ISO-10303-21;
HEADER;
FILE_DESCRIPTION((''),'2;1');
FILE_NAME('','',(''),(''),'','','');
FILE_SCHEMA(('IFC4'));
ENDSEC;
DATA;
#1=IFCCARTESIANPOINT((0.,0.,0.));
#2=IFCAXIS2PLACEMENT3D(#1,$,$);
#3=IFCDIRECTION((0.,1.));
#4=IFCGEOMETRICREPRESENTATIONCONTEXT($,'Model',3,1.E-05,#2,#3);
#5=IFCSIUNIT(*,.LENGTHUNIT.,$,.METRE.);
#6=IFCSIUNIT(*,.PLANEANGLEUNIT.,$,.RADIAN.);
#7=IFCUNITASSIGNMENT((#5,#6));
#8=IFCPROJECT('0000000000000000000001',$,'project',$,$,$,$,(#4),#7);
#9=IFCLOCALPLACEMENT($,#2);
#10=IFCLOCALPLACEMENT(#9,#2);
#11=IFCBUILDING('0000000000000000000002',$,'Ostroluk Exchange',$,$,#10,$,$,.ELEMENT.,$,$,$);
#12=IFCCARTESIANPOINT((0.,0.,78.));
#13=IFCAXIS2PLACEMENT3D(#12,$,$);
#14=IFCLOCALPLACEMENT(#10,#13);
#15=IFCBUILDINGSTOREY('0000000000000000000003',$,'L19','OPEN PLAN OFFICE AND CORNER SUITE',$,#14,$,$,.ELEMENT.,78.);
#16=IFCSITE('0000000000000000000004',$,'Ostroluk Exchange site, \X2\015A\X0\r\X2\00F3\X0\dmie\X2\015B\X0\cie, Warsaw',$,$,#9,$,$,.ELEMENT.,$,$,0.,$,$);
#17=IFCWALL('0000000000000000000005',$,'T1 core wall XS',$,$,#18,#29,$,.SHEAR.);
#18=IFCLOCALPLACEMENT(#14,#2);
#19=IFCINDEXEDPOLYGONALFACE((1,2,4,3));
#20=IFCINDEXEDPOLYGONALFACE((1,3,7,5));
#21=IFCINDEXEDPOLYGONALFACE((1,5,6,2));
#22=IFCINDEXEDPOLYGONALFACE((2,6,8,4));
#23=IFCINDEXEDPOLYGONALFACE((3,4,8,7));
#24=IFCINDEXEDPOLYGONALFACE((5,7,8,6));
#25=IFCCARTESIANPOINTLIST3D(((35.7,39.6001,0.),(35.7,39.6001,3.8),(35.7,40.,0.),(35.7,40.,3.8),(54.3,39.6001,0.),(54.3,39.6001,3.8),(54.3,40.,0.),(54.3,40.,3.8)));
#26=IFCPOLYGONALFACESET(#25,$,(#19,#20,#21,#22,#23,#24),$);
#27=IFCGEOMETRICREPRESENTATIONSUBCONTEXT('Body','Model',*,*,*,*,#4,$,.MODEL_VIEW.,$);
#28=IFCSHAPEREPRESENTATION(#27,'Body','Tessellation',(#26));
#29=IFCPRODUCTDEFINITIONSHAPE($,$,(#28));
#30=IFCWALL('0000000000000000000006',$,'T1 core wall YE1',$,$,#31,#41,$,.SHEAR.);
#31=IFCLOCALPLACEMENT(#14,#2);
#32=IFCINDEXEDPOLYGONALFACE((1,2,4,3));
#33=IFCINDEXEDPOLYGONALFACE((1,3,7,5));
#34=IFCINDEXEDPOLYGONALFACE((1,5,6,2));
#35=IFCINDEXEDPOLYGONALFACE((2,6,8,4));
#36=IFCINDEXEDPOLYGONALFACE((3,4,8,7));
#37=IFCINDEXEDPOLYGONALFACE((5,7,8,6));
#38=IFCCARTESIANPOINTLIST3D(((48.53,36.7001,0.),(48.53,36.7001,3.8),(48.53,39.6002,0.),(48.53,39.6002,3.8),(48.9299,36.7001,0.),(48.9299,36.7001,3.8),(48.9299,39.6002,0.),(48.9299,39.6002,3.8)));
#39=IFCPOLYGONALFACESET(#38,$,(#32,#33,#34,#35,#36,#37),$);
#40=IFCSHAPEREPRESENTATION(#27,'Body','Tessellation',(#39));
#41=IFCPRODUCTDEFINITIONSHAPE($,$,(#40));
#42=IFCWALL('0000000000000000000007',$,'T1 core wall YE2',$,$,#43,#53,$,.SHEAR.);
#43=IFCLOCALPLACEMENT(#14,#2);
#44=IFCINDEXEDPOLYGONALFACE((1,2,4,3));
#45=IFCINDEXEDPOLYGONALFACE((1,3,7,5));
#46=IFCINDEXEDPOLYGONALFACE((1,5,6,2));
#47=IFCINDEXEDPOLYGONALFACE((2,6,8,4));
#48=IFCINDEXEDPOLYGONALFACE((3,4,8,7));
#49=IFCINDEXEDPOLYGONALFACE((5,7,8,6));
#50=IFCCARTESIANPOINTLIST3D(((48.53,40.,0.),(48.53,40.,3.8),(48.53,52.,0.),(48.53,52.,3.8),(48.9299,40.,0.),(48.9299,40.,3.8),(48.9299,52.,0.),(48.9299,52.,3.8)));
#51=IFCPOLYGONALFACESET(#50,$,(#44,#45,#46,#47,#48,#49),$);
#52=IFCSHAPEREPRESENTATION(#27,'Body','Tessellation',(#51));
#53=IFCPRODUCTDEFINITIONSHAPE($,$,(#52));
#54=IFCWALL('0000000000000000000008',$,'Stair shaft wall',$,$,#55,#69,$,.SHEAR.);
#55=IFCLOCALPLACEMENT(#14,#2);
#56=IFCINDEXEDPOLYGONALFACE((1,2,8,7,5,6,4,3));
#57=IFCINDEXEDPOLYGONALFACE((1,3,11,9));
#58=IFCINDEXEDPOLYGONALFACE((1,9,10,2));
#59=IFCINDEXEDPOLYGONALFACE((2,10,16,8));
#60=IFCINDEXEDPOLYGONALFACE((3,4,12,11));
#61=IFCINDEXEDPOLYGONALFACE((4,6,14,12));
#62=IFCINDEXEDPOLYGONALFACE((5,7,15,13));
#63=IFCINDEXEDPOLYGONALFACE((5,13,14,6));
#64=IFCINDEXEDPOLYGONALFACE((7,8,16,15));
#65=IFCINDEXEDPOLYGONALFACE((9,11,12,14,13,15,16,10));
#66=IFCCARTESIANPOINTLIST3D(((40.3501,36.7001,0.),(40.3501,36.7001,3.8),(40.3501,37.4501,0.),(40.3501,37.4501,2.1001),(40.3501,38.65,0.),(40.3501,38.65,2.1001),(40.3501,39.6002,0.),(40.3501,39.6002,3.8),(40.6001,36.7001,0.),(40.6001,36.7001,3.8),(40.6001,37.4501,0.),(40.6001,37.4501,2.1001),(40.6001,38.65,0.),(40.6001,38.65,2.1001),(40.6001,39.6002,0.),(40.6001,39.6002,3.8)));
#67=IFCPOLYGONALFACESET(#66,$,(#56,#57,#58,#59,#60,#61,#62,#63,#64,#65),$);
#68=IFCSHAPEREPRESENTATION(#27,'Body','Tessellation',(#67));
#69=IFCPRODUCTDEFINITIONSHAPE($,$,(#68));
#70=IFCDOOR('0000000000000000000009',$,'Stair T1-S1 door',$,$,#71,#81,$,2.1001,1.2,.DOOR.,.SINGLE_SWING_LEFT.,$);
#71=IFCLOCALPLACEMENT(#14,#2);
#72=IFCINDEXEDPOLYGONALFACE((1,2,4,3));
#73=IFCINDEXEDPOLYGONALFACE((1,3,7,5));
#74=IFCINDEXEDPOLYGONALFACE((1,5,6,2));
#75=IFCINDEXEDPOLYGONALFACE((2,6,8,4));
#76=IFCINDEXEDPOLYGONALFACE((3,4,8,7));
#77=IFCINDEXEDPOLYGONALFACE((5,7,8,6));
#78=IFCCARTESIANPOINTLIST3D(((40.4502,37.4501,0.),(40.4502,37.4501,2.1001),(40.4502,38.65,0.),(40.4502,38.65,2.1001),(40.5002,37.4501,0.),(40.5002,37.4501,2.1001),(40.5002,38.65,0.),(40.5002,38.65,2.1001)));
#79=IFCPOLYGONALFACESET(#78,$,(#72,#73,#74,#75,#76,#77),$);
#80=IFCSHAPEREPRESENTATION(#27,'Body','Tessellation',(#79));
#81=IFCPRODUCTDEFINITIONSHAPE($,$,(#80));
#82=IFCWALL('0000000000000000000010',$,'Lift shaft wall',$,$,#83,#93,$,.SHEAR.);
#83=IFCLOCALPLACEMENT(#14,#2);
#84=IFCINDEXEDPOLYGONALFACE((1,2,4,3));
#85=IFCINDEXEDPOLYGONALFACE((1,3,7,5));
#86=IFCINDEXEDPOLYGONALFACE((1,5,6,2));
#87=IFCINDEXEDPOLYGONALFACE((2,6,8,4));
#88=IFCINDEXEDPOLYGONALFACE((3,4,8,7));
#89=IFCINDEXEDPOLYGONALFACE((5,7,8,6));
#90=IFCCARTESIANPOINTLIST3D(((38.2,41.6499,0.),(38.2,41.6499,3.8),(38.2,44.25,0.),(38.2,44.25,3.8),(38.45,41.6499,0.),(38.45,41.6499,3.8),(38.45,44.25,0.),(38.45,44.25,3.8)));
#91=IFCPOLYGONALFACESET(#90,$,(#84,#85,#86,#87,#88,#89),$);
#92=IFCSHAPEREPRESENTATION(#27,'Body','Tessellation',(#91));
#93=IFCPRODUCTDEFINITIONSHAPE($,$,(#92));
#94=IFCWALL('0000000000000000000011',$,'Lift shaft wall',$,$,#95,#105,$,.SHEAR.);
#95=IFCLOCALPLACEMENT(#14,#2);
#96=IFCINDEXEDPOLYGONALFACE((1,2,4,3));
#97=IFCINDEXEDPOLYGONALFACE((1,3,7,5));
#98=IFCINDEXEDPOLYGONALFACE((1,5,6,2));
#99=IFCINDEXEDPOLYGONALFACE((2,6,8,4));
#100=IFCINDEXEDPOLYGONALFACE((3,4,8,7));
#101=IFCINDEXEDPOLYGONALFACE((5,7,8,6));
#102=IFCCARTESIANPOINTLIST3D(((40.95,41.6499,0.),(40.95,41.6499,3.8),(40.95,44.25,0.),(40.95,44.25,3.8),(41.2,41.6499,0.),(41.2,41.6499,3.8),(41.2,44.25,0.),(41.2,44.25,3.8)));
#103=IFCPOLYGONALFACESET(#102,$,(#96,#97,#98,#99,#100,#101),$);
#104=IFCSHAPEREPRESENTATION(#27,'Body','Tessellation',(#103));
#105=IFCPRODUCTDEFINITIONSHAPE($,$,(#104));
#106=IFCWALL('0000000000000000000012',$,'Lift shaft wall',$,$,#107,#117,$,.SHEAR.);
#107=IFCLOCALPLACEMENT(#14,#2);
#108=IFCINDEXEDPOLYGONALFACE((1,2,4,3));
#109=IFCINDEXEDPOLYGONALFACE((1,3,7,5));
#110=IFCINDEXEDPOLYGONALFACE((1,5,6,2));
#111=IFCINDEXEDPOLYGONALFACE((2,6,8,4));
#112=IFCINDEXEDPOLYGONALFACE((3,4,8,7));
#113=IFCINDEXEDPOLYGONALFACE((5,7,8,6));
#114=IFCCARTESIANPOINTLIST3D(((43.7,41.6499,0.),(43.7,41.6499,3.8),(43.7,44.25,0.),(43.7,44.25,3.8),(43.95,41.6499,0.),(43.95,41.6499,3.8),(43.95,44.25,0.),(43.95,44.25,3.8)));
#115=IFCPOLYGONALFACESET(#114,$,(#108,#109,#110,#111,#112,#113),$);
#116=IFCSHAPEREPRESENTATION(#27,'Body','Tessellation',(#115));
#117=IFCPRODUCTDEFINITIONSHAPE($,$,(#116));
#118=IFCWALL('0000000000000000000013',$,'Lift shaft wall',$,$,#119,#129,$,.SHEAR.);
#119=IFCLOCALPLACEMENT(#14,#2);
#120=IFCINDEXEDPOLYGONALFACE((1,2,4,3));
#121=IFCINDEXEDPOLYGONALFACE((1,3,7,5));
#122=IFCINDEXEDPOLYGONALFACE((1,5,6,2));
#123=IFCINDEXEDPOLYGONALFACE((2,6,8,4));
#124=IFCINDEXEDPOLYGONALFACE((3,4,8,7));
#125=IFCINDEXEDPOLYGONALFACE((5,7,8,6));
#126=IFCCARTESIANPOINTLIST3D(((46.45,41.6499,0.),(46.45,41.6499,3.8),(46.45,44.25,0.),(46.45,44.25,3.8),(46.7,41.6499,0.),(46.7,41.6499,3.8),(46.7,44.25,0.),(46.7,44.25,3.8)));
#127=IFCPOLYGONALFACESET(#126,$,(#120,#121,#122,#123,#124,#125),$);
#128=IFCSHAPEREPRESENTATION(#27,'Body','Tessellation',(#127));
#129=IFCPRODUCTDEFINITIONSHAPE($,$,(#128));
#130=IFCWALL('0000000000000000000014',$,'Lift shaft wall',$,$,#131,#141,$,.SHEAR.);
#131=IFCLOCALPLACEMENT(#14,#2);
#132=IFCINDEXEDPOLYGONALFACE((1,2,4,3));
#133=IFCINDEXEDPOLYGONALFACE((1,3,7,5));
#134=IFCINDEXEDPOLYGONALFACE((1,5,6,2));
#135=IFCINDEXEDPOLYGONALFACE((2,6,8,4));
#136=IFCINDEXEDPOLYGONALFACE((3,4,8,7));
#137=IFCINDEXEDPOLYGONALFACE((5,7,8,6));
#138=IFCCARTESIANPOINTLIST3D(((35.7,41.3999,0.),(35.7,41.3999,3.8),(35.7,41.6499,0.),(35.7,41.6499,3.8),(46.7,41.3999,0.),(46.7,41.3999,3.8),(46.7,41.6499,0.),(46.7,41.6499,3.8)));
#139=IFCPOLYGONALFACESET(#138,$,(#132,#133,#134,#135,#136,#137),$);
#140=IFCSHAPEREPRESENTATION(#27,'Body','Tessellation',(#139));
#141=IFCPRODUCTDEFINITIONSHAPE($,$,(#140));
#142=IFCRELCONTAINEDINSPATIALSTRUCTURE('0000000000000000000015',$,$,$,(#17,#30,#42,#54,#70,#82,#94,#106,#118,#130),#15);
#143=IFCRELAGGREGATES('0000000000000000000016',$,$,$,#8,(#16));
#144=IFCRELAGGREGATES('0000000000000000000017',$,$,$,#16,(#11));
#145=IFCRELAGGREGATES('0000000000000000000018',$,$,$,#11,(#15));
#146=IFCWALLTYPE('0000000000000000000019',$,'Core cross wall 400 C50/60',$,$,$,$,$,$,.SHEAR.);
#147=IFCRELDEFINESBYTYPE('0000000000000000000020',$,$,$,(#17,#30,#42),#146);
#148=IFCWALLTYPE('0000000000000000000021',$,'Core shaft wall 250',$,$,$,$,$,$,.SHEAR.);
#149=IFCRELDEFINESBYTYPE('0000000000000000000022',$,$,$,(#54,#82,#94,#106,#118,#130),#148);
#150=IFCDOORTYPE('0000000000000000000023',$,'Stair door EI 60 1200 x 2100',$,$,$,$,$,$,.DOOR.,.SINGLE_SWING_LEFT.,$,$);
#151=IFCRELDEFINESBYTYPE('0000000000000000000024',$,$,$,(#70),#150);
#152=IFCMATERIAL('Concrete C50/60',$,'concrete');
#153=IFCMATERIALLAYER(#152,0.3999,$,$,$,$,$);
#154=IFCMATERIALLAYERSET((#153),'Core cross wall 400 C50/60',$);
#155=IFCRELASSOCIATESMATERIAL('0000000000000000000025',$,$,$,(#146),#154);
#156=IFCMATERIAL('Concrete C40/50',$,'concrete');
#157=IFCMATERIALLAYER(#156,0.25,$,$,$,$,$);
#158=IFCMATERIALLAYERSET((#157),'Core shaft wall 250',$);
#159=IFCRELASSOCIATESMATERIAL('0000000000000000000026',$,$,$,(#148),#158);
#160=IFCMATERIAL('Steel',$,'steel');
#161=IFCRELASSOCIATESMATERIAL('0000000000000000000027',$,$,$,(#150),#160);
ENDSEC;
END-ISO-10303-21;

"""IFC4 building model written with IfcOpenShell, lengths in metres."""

from ifc_helpers import new_model, si_unit, direction, frame, frame_2d, origin, place, context, subcontext, project, spatial, rectangle, extrude, material, layer, layer_set, type_object, element, fill, save


model = new_model("IFC4")

# Units and contexts
model_context = context("Model", 3, precision=1e-05, world=origin(), true_north=direction((0.0, 1.0)))
body_context = subcontext(model_context, "Body", "Model", "MODEL_VIEW")
ifc_project = project(units=[si_unit("LENGTHUNIT", "METRE"), si_unit("PLANEANGLEUNIT", "RADIAN")], contexts=[model_context])

# Site, building, storey
site_placement = place(None, origin())
site = spatial("IfcSite", under=ifc_project, at=site_placement, Name="Ostroluk Exchange site, Śródmieście, Warsaw", CompositionType="ELEMENT", RefElevation=0.0)
building_placement = place(site_placement, origin())
building = spatial("IfcBuilding", under=site, at=building_placement, Name="Ostroluk Exchange", CompositionType="ELEMENT")
storey_placement = place(building_placement, frame((0.0, 0.0, 78.0)))
storey = spatial("IfcBuildingStorey", under=building, at=storey_placement, Name="L19", Description="OPEN PLAN OFFICE AND CORNER SUITE", CompositionType="ELEMENT", Elevation=78.0)

# Walls
ifc_material_1 = material(Name="Concrete C50/60", Category="concrete")
ifc_layer_1 = layer(ifc_material_1, 0.3999)
ifc_layer_set_1 = layer_set([ifc_layer_1], Name="Core cross wall 400 C50/60")
wall_type_1 = type_object("IfcWallType", Name="Core cross wall 400 C50/60", PredefinedType="SHEAR", material=ifc_layer_set_1)
wall_1_placement = place(storey_placement, frame((35.7, 39.8, 0.0), z_axis=(0.0, 0.0, 1.0), x_axis=(1.0, 0.0, 0.0)))
element("IfcWall", 1, at=wall_1_placement, inside=storey, type_object=wall_type_1, Name="T1 core wall XS", PredefinedType="SHEAR", context=body_context, shape_type="SweptSolid", body=[
    extrude(rectangle(XDim=18.6001, YDim=0.3999, at=frame_2d((9.3, 0.0))), origin(), (0.0, 0.0, 1.0), 3.8),
])
wall_2_placement = place(storey_placement, frame((48.73, 36.7, 0.0), z_axis=(0.0, 0.0, 1.0), x_axis=(0.0, 1.0, 0.0)))
element("IfcWall", 2, at=wall_2_placement, inside=storey, type_object=wall_type_1, Name="T1 core wall YE1", PredefinedType="SHEAR", context=body_context, shape_type="SweptSolid", body=[
    extrude(rectangle(XDim=2.9001, YDim=0.3999, at=frame_2d((1.4502, 0.0))), origin(), (0.0, 0.0, 1.0), 3.8),
])
wall_3_placement = place(storey_placement, frame((48.73, 40.0, 0.0), z_axis=(0.0, 0.0, 1.0), x_axis=(0.0, 1.0, 0.0)))
element("IfcWall", 3, at=wall_3_placement, inside=storey, type_object=wall_type_1, Name="T1 core wall YE2", PredefinedType="SHEAR", context=body_context, shape_type="SweptSolid", body=[
    extrude(rectangle(XDim=12.0, YDim=0.3999, at=frame_2d((6.0, 0.0))), origin(), (0.0, 0.0, 1.0), 3.8),
])

# Wall, opening, door
ifc_material_2 = material(Name="Concrete C40/50", Category="concrete")
ifc_layer_2 = layer(ifc_material_2, 0.25)
ifc_layer_set_2 = layer_set([ifc_layer_2], Name="Core shaft wall 250")
wall_type_2 = type_object("IfcWallType", Name="Core shaft wall 250", PredefinedType="SHEAR", material=ifc_layer_set_2)
wall_4_placement = place(storey_placement, frame((40.4751, 36.7, 0.0), z_axis=(0.0, 0.0, 1.0), x_axis=(0.0, 1.0, 0.0)))
wall_4 = element("IfcWall", 4, at=wall_4_placement, inside=storey, type_object=wall_type_2, Name="Stair shaft wall", PredefinedType="SHEAR", context=body_context, shape_type="SweptSolid", body=[
    extrude(rectangle(XDim=2.9001, YDim=0.25, at=frame_2d((1.4502, 0.0))), origin(), (0.0, 0.0, 1.0), 3.8),
])
opening_1_placement = place(wall_4_placement, frame((0.75, 0.0, 0.0)))
opening_1 = element("IfcOpeningElement", 5, at=opening_1_placement, cuts=wall_4, PredefinedType="OPENING", context=body_context, shape_type="SweptSolid", body=[
    extrude(rectangle(XDim=1.2, YDim=2.1001, at=frame_2d((0.6001, 1.05))), frame((0.0, 0.135, 0.0), z_axis=(0.0, -1.0, 0.0), x_axis=(1.0, 0.0, 0.0)), (0.0, 0.0, 1.0), 0.27),
])
ifc_material_3 = material(Name="Steel", Category="steel")
door_type_1 = type_object("IfcDoorType", Name="Stair door EI 60 1200 x 2100", OperationType="SINGLE_SWING_LEFT", PredefinedType="DOOR", material=ifc_material_3)
door_1_placement = place(opening_1_placement, origin())
door_1 = element("IfcDoor", 6, at=door_1_placement, inside=storey, type_object=door_type_1, Name="Stair T1-S1 door", OperationType="SINGLE_SWING_LEFT", OverallHeight=2.1001, OverallWidth=1.2, PredefinedType="DOOR", context=body_context, shape_type="SweptSolid", body=[
    extrude(rectangle(XDim=1.2, YDim=2.1001, at=frame_2d((0.6001, 1.05))), frame((0.0, 0.0249, 0.0), z_axis=(0.0, -1.0, 0.0), x_axis=(1.0, 0.0, 0.0)), (0.0, 0.0, 1.0), 0.05),
])
fill(opening_1, door_1)

# Walls
for number, where, z_axis, x_axis, name in (
    (7, (38.325, 44.25, 0.0), (0.0, 0.0, 1.0), (0.0, -1.0, 0.0), "Lift shaft wall"),
    (8, (41.075, 44.25, 0.0), (0.0, 0.0, 1.0), (0.0, -1.0, 0.0), "Lift shaft wall"),
    (9, (43.825, 44.25, 0.0), (0.0, 0.0, 1.0), (0.0, -1.0, 0.0), "Lift shaft wall"),
    (10, (46.575, 44.25, 0.0), (0.0, 0.0, 1.0), (0.0, -1.0, 0.0), "Lift shaft wall"),
):
    element("IfcWall", number, at=place(storey_placement, frame(where, z_axis=z_axis, x_axis=x_axis)), inside=storey, type_object=wall_type_2, Name=name, PredefinedType="SHEAR", context=body_context, shape_type="SweptSolid", body=[
        extrude(rectangle(XDim=2.6001, YDim=0.25, at=frame_2d((1.3, 0.0))), origin(), (0.0, 0.0, 1.0), 3.8),
    ])
wall_5_placement = place(storey_placement, frame((35.7, 41.5249, 0.0), z_axis=(0.0, 0.0, 1.0), x_axis=(1.0, 0.0, 0.0)))
element("IfcWall", 11, at=wall_5_placement, inside=storey, type_object=wall_type_2, Name="Lift shaft wall", PredefinedType="SHEAR", context=body_context, shape_type="SweptSolid", body=[
    extrude(rectangle(XDim=11.0, YDim=0.25, at=frame_2d((5.5, 0.0))), origin(), (0.0, 0.0, 1.0), 3.8),
])

save(model, "model.ifc")
